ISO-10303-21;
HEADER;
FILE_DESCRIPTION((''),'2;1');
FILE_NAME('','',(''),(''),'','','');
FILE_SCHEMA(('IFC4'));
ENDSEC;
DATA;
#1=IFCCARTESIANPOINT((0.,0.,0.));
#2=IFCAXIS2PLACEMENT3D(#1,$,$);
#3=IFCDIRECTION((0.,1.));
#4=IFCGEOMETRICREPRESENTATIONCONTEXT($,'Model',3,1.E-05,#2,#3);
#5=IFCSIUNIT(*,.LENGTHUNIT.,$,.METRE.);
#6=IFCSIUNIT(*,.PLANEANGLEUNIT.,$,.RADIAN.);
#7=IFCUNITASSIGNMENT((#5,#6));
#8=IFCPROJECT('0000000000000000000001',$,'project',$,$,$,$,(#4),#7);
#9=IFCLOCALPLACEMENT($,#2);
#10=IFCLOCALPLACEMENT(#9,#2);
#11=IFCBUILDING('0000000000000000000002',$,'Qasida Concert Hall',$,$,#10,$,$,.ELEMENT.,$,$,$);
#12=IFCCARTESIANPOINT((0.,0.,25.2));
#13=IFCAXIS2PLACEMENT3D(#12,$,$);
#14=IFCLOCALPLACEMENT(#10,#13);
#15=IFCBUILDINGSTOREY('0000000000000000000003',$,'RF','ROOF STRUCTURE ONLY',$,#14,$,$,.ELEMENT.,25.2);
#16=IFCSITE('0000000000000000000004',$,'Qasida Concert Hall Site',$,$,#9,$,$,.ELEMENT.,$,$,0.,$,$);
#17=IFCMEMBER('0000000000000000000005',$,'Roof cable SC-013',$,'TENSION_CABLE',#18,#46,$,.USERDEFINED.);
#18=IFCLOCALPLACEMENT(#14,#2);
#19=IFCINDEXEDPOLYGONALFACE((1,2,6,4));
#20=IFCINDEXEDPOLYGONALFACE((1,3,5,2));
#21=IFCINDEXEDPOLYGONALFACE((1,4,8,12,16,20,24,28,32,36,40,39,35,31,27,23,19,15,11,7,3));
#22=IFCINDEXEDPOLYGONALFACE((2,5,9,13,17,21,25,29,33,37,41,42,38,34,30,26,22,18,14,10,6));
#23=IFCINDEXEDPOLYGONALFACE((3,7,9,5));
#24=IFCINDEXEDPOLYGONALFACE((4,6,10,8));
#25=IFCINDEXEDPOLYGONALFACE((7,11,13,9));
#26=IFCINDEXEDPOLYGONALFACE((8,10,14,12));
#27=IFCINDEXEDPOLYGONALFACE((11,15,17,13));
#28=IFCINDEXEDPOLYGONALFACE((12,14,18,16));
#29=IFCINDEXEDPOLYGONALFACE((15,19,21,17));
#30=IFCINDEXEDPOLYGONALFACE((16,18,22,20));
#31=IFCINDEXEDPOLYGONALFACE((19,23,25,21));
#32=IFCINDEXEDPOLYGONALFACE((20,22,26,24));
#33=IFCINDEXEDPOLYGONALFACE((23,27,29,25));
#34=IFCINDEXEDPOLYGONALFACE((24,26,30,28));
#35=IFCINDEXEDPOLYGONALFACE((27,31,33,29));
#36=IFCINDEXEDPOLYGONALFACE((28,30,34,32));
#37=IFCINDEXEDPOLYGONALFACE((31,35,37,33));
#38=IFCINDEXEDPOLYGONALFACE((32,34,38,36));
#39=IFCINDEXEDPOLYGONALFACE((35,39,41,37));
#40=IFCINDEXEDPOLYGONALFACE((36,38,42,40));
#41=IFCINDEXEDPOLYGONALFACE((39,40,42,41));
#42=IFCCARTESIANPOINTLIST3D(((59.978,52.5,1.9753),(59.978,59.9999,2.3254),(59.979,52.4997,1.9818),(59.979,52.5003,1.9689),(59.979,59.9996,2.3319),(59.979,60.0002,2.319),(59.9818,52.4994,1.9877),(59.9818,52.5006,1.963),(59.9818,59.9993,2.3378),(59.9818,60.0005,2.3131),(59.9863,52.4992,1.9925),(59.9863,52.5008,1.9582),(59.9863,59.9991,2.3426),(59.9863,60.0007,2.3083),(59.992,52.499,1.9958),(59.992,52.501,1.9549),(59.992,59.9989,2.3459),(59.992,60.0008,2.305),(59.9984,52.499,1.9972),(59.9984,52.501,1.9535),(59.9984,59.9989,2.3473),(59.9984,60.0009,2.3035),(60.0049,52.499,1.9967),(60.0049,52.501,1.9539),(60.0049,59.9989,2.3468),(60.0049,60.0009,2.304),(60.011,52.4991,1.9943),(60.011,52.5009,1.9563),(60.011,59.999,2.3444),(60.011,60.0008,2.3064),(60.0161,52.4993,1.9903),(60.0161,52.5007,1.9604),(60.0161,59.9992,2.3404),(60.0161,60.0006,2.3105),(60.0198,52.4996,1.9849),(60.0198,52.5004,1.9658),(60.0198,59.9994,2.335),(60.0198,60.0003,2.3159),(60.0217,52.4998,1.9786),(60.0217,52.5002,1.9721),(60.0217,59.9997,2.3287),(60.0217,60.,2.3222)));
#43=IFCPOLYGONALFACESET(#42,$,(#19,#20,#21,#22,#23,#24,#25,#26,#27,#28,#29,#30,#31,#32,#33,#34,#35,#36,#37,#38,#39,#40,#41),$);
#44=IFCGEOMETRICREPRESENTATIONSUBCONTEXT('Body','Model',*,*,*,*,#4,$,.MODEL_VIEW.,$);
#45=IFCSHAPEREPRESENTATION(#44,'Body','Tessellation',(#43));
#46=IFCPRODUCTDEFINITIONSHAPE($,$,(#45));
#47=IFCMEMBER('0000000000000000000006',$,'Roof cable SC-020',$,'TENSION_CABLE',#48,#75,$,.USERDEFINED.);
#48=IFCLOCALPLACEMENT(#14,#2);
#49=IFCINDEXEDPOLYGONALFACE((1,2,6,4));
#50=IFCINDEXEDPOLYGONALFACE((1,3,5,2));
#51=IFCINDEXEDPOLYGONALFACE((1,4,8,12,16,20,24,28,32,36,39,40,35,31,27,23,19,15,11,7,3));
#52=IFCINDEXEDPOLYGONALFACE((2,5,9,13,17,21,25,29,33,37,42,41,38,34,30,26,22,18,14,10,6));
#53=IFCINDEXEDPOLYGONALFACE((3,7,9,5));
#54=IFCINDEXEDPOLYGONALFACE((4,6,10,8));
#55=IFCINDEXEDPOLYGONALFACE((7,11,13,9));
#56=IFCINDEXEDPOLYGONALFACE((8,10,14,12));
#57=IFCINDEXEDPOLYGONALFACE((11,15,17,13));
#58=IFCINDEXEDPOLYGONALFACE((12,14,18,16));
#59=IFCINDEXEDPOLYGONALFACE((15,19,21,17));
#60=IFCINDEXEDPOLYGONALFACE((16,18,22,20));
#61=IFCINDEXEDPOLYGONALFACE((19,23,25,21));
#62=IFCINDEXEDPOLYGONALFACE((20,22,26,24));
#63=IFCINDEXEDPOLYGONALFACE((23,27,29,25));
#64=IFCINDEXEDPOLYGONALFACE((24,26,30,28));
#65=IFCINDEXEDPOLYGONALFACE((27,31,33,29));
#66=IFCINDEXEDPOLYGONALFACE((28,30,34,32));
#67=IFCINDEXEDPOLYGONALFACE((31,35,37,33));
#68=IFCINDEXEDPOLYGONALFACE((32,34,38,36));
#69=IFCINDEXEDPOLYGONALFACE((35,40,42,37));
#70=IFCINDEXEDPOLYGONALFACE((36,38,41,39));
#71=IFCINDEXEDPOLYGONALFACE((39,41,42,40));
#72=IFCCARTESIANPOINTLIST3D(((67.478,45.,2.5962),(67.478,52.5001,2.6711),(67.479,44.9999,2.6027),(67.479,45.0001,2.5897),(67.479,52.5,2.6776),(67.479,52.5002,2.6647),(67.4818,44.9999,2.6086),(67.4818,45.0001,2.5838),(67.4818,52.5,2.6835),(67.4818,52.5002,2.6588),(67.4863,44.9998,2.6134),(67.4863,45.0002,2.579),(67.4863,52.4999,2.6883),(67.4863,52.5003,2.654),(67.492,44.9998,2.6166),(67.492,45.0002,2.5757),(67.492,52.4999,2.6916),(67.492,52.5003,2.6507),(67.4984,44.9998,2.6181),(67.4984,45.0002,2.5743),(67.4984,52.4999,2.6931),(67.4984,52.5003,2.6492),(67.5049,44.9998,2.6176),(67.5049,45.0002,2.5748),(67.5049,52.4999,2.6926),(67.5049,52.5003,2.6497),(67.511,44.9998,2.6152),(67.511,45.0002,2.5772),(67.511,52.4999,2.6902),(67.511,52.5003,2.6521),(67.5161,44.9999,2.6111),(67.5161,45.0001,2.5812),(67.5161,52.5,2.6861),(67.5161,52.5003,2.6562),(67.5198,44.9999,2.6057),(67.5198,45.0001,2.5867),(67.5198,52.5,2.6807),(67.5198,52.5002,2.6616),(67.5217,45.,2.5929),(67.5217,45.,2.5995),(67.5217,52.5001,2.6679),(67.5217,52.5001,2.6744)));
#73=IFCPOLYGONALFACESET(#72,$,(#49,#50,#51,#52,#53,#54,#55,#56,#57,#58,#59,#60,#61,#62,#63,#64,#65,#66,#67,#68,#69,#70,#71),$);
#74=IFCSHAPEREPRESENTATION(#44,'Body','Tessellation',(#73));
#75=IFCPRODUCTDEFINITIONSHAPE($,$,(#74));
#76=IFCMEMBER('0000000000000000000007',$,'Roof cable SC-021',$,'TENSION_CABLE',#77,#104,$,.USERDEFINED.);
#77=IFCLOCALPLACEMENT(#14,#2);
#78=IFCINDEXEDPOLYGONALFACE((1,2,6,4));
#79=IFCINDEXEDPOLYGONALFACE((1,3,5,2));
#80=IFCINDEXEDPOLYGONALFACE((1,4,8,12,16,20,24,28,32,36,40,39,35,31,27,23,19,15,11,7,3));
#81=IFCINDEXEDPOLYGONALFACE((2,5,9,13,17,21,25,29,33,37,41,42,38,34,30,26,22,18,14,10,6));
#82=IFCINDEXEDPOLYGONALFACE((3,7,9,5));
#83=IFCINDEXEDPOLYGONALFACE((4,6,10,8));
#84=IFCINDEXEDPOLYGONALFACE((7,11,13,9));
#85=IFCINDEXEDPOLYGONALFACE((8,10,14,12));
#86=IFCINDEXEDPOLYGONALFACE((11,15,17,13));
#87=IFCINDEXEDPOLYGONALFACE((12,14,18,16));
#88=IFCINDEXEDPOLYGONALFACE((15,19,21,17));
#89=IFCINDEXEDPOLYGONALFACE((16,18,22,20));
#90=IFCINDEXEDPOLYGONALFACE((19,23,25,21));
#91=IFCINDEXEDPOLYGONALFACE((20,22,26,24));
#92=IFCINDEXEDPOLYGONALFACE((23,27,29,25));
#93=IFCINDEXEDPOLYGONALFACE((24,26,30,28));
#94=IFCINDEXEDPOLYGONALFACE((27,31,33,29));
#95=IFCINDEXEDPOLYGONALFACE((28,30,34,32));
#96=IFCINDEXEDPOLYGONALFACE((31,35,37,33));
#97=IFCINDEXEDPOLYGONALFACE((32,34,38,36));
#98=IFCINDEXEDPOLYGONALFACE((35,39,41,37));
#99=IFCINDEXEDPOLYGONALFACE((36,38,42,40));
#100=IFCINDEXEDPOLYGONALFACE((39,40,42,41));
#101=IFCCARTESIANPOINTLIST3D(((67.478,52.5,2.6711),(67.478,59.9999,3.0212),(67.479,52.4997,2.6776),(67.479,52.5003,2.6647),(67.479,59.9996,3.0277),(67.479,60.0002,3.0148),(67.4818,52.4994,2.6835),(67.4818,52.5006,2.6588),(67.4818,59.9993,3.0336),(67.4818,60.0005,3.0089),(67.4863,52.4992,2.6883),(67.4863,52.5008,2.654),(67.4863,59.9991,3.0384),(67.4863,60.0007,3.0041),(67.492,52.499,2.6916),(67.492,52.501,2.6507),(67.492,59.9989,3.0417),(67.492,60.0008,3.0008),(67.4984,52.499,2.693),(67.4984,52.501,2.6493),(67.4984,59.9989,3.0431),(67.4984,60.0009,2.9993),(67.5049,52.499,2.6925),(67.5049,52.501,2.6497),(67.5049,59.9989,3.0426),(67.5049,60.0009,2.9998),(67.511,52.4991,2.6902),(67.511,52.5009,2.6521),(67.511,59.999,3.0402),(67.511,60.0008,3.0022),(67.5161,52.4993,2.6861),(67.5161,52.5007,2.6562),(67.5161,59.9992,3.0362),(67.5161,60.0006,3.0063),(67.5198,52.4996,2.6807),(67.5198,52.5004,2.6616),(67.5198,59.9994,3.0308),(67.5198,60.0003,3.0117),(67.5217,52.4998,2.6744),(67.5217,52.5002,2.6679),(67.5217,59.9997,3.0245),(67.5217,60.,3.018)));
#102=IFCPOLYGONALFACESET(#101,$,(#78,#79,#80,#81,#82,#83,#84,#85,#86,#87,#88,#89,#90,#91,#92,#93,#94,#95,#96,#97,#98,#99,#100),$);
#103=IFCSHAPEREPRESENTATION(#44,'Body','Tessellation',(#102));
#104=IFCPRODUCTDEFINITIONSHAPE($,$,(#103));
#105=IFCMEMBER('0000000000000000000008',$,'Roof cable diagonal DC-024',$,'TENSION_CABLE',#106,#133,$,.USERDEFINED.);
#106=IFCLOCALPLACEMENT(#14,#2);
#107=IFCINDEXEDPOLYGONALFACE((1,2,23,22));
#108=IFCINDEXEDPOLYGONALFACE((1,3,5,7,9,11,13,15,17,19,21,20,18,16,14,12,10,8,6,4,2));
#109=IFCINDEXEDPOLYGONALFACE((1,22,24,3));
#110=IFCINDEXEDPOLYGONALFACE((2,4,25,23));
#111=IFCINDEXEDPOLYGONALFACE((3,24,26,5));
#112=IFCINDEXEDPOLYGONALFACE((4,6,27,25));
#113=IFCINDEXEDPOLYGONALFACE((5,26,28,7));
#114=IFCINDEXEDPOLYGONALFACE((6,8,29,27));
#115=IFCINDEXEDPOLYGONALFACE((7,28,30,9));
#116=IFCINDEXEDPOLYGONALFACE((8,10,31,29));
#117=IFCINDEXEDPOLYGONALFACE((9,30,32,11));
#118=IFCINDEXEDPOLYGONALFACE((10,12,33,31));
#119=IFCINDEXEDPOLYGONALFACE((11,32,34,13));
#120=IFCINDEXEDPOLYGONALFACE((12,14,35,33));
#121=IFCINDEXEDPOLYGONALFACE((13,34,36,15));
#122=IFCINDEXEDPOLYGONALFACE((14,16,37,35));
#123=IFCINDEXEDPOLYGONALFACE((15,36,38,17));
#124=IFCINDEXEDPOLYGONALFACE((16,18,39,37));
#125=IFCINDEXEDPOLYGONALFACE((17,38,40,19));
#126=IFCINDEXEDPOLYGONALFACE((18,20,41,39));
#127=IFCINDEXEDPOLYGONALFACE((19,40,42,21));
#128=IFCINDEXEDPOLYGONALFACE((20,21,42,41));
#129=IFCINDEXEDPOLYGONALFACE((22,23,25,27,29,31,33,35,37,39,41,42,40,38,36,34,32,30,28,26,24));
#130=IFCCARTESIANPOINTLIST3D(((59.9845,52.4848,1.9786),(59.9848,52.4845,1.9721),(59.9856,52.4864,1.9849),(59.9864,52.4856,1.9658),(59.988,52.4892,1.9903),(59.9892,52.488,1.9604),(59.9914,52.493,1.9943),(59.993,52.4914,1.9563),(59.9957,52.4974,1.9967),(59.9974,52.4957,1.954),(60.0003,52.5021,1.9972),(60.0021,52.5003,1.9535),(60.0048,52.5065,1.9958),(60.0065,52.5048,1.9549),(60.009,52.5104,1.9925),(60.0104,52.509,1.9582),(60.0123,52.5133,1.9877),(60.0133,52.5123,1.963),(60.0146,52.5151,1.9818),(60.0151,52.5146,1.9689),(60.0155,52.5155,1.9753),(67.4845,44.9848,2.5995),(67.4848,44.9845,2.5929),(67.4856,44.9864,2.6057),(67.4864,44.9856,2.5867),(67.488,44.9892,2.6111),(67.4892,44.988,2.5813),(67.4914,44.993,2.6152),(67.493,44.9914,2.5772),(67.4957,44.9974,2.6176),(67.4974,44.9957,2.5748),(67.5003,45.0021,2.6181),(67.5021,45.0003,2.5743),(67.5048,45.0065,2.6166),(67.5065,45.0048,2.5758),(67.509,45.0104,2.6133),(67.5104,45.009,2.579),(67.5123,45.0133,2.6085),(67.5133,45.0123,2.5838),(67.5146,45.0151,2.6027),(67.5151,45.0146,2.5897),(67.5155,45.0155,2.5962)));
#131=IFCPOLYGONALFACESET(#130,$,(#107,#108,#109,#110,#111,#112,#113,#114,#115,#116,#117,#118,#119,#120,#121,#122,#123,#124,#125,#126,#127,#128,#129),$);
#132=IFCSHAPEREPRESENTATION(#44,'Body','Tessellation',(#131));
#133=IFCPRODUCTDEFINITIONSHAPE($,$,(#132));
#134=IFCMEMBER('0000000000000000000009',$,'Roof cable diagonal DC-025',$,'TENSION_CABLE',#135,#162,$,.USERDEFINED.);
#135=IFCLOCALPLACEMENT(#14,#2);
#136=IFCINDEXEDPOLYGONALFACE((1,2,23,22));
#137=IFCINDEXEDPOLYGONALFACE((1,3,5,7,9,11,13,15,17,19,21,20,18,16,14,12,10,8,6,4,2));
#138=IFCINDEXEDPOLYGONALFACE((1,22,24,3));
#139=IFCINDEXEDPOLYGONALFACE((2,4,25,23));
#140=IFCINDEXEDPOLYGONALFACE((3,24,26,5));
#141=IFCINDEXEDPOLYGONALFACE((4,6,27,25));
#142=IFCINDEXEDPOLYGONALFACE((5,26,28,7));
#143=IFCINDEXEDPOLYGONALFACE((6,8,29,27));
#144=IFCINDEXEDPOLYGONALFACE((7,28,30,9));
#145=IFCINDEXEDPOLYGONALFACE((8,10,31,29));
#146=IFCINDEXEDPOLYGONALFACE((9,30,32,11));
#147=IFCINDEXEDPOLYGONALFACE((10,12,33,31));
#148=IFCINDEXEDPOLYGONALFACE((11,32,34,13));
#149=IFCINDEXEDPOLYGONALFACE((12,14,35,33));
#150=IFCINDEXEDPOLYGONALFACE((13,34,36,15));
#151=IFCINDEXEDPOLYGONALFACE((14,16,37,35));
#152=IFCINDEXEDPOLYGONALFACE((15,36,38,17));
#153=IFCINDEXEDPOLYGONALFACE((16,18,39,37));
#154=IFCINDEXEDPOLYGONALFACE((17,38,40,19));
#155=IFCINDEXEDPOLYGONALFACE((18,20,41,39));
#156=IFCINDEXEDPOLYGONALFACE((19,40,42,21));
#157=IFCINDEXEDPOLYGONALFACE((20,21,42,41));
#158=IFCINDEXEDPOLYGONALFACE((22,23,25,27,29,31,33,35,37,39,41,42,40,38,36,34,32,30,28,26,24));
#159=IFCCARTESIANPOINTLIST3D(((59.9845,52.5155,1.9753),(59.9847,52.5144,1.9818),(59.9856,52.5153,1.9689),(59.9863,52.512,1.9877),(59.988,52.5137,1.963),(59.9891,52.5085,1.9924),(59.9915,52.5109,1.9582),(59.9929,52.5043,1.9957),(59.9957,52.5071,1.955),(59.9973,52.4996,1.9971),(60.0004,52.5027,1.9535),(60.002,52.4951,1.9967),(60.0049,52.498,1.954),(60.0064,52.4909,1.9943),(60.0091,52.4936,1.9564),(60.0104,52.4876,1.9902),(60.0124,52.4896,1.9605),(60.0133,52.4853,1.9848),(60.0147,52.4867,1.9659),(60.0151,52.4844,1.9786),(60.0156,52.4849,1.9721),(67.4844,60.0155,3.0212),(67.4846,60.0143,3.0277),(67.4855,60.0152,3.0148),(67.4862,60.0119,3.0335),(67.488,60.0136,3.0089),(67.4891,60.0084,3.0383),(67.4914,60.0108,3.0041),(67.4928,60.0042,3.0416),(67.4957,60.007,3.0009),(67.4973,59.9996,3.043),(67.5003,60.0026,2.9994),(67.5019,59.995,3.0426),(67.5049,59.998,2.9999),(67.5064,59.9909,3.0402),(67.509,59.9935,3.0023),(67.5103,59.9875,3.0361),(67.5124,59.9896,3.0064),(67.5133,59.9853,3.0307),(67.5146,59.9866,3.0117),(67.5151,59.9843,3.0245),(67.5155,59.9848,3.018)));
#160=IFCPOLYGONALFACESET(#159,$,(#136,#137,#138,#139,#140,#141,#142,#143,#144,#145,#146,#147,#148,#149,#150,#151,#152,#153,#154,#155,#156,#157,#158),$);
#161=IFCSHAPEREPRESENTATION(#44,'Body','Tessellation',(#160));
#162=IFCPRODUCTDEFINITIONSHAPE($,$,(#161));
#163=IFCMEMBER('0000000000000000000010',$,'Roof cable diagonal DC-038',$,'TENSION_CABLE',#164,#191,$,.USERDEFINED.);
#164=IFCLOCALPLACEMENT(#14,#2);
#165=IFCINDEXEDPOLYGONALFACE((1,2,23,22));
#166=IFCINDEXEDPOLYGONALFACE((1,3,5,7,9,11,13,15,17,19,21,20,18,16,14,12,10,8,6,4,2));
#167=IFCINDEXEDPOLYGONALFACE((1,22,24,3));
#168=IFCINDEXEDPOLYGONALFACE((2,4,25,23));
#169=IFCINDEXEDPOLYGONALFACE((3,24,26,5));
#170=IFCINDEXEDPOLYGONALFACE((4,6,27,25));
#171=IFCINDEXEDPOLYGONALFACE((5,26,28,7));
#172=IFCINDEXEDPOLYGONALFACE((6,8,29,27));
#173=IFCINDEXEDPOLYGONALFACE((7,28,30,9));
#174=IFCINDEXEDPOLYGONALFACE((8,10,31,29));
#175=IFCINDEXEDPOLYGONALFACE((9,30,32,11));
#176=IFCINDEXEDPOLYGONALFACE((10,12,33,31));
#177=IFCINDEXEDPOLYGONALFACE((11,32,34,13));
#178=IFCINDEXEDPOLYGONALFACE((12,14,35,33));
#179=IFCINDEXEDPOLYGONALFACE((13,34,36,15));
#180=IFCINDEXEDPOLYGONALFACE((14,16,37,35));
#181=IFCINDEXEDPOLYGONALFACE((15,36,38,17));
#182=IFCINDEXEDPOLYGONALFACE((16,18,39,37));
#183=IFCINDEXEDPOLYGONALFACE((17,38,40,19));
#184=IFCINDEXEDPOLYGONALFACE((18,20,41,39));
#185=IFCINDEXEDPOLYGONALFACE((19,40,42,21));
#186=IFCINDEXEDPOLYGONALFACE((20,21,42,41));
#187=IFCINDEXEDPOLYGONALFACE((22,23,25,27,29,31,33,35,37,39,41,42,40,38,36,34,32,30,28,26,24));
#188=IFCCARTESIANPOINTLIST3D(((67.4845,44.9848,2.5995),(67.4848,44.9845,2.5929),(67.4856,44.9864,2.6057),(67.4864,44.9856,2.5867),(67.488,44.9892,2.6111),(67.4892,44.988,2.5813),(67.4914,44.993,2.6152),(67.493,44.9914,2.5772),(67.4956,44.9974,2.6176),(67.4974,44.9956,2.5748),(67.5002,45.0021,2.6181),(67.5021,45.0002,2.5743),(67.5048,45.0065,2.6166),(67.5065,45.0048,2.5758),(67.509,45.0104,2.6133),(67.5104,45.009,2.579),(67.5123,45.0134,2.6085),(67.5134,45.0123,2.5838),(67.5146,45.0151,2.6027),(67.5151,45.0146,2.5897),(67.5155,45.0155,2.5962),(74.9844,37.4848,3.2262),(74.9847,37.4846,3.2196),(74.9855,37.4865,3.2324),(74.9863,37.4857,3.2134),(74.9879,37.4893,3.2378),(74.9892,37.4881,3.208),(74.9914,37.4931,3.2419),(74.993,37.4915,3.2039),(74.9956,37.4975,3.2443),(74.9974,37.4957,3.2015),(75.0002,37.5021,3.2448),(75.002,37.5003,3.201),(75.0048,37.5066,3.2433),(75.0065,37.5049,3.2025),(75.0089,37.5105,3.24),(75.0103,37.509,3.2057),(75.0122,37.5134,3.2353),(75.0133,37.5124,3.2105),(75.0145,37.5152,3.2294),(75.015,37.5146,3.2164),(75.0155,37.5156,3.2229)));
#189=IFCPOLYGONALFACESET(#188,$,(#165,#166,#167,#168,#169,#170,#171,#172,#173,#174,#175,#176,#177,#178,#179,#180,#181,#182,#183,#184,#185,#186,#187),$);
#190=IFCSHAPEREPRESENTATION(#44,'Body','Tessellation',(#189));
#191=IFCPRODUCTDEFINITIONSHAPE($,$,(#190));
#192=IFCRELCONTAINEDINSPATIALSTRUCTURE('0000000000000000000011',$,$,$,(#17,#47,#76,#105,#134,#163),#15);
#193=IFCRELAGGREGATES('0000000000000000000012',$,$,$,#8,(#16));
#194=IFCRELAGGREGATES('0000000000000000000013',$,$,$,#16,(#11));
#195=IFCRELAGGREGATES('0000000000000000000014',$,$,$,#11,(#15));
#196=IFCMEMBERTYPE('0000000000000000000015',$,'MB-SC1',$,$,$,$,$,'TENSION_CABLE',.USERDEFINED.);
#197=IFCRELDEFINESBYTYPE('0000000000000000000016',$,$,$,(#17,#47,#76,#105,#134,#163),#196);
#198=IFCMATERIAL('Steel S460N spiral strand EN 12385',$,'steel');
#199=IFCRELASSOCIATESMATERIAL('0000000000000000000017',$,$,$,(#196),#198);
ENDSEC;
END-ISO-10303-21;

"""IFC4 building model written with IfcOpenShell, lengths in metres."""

from ifc_helpers import new_model, si_unit, direction, frame, origin, origin_2d, place, context, subcontext, project, spatial, circle, extrude, material, material_profile, profile_set, type_object, element, save


model = new_model("IFC4")

# Units and contexts
model_context = context("Model", 3, precision=1e-05, world=origin(), true_north=direction((0.0, 1.0)))
body_context = subcontext(model_context, "Body", "Model", "MODEL_VIEW")
ifc_project = project(units=[si_unit("LENGTHUNIT", "METRE"), si_unit("PLANEANGLEUNIT", "RADIAN")], contexts=[model_context])

# Site, building, storey
site_placement = place(None, origin())
site = spatial("IfcSite", under=ifc_project, at=site_placement, Name="Qasida Concert Hall Site", CompositionType="ELEMENT", RefElevation=0.0)
building_placement = place(site_placement, origin())
building = spatial("IfcBuilding", under=site, at=building_placement, Name="Qasida Concert Hall", CompositionType="ELEMENT")
storey_placement = place(building_placement, frame((0.0, 0.0, 25.2)))
storey = spatial("IfcBuildingStorey", under=building, at=storey_placement, Name="RF", Description="ROOF STRUCTURE ONLY", CompositionType="ELEMENT", Elevation=25.2)

# Members
ifc_material_1 = material(Name="Steel S460N spiral strand EN 12385", Category="steel")
ifc_material_profile_1 = material_profile(ifc_material_1, circle(Radius=0.022, at=origin_2d()), Name="STRAND D44")
ifc_profile_set_1 = profile_set([ifc_material_profile_1], Name="Steel S460N spiral strand EN 12385")
member_type_1 = type_object("IfcMemberType", Name="MB-SC1", ElementType="TENSION_CABLE", PredefinedType="USERDEFINED", material=ifc_profile_set_1)
member_1_placement = place(storey_placement, frame((60.0, 52.5, 1.9753), z_axis=(0.0, 0.998912, 0.046629), x_axis=(-1.0, 0.0, 0.0)))
element("IfcMember", 1, at=member_1_placement, inside=storey, type_object=member_type_1, Name="Roof cable SC-013", ObjectType="TENSION_CABLE", PredefinedType="USERDEFINED", context=body_context, shape_type="SweptSolid", body=[
    extrude(circle(Radius=0.022, at=origin_2d()), origin(), (0.0, 0.0, 1.0), 7.5081),
])
member_2_placement = place(storey_placement, frame((67.5, 45.0, 2.5962), z_axis=(0.0, 0.99995, 0.009993), x_axis=(-1.0, 0.0, 0.0)))
element("IfcMember", 2, at=member_2_placement, inside=storey, type_object=member_type_1, Name="Roof cable SC-020", ObjectType="TENSION_CABLE", PredefinedType="USERDEFINED", context=body_context, shape_type="SweptSolid", body=[
    extrude(circle(Radius=0.022, at=origin_2d()), origin(), (0.0, 0.0, 1.0), 7.5005),
])
member_3_placement = place(storey_placement, frame((67.5, 52.5, 2.6711), z_axis=(0.0, 0.998912, 0.046629), x_axis=(-1.0, 0.0, 0.0)))
element("IfcMember", 3, at=member_3_placement, inside=storey, type_object=member_type_1, Name="Roof cable SC-021", ObjectType="TENSION_CABLE", PredefinedType="USERDEFINED", context=body_context, shape_type="SweptSolid", body=[
    extrude(circle(Radius=0.022, at=origin_2d()), origin(), (0.0, 0.0, 1.0), 7.5081),
])
member_4_placement = place(storey_placement, frame((60.0, 52.5, 1.9753), z_axis=(0.705899, -0.705899, 0.058434), x_axis=(0.707107, 0.707107, 0.0)))
element("IfcMember", 4, at=member_4_placement, inside=storey, type_object=member_type_1, Name="Roof cable diagonal DC-024", ObjectType="TENSION_CABLE", PredefinedType="USERDEFINED", context=body_context, shape_type="SweptSolid", body=[
    extrude(circle(Radius=0.022, at=origin_2d()), origin(), (0.0, 0.0, 1.0), 10.6248),
])
member_5_placement = place(storey_placement, frame((60.0, 52.5, 1.9753), z_axis=(0.703694, 0.703694, 0.098132), x_axis=(-0.707107, 0.707107, 0.0)))
element("IfcMember", 5, at=member_5_placement, inside=storey, type_object=member_type_1, Name="Roof cable diagonal DC-025", ObjectType="TENSION_CABLE", PredefinedType="USERDEFINED", context=body_context, shape_type="SweptSolid", body=[
    extrude(circle(Radius=0.022, at=origin_2d()), origin(), (0.0, 0.0, 1.0), 10.658),
])
member_6_placement = place(storey_placement, frame((67.5, 45.0, 2.5962), z_axis=(0.705876, -0.705876, 0.058984), x_axis=(0.707107, 0.707107, 0.0)))
element("IfcMember", 6, at=member_6_placement, inside=storey, type_object=member_type_1, Name="Roof cable diagonal DC-038", ObjectType="TENSION_CABLE", PredefinedType="USERDEFINED", context=body_context, shape_type="SweptSolid", body=[
    extrude(circle(Radius=0.022, at=origin_2d()), origin(), (0.0, 0.0, 1.0), 10.625),
])

save(model, "model.ifc")
